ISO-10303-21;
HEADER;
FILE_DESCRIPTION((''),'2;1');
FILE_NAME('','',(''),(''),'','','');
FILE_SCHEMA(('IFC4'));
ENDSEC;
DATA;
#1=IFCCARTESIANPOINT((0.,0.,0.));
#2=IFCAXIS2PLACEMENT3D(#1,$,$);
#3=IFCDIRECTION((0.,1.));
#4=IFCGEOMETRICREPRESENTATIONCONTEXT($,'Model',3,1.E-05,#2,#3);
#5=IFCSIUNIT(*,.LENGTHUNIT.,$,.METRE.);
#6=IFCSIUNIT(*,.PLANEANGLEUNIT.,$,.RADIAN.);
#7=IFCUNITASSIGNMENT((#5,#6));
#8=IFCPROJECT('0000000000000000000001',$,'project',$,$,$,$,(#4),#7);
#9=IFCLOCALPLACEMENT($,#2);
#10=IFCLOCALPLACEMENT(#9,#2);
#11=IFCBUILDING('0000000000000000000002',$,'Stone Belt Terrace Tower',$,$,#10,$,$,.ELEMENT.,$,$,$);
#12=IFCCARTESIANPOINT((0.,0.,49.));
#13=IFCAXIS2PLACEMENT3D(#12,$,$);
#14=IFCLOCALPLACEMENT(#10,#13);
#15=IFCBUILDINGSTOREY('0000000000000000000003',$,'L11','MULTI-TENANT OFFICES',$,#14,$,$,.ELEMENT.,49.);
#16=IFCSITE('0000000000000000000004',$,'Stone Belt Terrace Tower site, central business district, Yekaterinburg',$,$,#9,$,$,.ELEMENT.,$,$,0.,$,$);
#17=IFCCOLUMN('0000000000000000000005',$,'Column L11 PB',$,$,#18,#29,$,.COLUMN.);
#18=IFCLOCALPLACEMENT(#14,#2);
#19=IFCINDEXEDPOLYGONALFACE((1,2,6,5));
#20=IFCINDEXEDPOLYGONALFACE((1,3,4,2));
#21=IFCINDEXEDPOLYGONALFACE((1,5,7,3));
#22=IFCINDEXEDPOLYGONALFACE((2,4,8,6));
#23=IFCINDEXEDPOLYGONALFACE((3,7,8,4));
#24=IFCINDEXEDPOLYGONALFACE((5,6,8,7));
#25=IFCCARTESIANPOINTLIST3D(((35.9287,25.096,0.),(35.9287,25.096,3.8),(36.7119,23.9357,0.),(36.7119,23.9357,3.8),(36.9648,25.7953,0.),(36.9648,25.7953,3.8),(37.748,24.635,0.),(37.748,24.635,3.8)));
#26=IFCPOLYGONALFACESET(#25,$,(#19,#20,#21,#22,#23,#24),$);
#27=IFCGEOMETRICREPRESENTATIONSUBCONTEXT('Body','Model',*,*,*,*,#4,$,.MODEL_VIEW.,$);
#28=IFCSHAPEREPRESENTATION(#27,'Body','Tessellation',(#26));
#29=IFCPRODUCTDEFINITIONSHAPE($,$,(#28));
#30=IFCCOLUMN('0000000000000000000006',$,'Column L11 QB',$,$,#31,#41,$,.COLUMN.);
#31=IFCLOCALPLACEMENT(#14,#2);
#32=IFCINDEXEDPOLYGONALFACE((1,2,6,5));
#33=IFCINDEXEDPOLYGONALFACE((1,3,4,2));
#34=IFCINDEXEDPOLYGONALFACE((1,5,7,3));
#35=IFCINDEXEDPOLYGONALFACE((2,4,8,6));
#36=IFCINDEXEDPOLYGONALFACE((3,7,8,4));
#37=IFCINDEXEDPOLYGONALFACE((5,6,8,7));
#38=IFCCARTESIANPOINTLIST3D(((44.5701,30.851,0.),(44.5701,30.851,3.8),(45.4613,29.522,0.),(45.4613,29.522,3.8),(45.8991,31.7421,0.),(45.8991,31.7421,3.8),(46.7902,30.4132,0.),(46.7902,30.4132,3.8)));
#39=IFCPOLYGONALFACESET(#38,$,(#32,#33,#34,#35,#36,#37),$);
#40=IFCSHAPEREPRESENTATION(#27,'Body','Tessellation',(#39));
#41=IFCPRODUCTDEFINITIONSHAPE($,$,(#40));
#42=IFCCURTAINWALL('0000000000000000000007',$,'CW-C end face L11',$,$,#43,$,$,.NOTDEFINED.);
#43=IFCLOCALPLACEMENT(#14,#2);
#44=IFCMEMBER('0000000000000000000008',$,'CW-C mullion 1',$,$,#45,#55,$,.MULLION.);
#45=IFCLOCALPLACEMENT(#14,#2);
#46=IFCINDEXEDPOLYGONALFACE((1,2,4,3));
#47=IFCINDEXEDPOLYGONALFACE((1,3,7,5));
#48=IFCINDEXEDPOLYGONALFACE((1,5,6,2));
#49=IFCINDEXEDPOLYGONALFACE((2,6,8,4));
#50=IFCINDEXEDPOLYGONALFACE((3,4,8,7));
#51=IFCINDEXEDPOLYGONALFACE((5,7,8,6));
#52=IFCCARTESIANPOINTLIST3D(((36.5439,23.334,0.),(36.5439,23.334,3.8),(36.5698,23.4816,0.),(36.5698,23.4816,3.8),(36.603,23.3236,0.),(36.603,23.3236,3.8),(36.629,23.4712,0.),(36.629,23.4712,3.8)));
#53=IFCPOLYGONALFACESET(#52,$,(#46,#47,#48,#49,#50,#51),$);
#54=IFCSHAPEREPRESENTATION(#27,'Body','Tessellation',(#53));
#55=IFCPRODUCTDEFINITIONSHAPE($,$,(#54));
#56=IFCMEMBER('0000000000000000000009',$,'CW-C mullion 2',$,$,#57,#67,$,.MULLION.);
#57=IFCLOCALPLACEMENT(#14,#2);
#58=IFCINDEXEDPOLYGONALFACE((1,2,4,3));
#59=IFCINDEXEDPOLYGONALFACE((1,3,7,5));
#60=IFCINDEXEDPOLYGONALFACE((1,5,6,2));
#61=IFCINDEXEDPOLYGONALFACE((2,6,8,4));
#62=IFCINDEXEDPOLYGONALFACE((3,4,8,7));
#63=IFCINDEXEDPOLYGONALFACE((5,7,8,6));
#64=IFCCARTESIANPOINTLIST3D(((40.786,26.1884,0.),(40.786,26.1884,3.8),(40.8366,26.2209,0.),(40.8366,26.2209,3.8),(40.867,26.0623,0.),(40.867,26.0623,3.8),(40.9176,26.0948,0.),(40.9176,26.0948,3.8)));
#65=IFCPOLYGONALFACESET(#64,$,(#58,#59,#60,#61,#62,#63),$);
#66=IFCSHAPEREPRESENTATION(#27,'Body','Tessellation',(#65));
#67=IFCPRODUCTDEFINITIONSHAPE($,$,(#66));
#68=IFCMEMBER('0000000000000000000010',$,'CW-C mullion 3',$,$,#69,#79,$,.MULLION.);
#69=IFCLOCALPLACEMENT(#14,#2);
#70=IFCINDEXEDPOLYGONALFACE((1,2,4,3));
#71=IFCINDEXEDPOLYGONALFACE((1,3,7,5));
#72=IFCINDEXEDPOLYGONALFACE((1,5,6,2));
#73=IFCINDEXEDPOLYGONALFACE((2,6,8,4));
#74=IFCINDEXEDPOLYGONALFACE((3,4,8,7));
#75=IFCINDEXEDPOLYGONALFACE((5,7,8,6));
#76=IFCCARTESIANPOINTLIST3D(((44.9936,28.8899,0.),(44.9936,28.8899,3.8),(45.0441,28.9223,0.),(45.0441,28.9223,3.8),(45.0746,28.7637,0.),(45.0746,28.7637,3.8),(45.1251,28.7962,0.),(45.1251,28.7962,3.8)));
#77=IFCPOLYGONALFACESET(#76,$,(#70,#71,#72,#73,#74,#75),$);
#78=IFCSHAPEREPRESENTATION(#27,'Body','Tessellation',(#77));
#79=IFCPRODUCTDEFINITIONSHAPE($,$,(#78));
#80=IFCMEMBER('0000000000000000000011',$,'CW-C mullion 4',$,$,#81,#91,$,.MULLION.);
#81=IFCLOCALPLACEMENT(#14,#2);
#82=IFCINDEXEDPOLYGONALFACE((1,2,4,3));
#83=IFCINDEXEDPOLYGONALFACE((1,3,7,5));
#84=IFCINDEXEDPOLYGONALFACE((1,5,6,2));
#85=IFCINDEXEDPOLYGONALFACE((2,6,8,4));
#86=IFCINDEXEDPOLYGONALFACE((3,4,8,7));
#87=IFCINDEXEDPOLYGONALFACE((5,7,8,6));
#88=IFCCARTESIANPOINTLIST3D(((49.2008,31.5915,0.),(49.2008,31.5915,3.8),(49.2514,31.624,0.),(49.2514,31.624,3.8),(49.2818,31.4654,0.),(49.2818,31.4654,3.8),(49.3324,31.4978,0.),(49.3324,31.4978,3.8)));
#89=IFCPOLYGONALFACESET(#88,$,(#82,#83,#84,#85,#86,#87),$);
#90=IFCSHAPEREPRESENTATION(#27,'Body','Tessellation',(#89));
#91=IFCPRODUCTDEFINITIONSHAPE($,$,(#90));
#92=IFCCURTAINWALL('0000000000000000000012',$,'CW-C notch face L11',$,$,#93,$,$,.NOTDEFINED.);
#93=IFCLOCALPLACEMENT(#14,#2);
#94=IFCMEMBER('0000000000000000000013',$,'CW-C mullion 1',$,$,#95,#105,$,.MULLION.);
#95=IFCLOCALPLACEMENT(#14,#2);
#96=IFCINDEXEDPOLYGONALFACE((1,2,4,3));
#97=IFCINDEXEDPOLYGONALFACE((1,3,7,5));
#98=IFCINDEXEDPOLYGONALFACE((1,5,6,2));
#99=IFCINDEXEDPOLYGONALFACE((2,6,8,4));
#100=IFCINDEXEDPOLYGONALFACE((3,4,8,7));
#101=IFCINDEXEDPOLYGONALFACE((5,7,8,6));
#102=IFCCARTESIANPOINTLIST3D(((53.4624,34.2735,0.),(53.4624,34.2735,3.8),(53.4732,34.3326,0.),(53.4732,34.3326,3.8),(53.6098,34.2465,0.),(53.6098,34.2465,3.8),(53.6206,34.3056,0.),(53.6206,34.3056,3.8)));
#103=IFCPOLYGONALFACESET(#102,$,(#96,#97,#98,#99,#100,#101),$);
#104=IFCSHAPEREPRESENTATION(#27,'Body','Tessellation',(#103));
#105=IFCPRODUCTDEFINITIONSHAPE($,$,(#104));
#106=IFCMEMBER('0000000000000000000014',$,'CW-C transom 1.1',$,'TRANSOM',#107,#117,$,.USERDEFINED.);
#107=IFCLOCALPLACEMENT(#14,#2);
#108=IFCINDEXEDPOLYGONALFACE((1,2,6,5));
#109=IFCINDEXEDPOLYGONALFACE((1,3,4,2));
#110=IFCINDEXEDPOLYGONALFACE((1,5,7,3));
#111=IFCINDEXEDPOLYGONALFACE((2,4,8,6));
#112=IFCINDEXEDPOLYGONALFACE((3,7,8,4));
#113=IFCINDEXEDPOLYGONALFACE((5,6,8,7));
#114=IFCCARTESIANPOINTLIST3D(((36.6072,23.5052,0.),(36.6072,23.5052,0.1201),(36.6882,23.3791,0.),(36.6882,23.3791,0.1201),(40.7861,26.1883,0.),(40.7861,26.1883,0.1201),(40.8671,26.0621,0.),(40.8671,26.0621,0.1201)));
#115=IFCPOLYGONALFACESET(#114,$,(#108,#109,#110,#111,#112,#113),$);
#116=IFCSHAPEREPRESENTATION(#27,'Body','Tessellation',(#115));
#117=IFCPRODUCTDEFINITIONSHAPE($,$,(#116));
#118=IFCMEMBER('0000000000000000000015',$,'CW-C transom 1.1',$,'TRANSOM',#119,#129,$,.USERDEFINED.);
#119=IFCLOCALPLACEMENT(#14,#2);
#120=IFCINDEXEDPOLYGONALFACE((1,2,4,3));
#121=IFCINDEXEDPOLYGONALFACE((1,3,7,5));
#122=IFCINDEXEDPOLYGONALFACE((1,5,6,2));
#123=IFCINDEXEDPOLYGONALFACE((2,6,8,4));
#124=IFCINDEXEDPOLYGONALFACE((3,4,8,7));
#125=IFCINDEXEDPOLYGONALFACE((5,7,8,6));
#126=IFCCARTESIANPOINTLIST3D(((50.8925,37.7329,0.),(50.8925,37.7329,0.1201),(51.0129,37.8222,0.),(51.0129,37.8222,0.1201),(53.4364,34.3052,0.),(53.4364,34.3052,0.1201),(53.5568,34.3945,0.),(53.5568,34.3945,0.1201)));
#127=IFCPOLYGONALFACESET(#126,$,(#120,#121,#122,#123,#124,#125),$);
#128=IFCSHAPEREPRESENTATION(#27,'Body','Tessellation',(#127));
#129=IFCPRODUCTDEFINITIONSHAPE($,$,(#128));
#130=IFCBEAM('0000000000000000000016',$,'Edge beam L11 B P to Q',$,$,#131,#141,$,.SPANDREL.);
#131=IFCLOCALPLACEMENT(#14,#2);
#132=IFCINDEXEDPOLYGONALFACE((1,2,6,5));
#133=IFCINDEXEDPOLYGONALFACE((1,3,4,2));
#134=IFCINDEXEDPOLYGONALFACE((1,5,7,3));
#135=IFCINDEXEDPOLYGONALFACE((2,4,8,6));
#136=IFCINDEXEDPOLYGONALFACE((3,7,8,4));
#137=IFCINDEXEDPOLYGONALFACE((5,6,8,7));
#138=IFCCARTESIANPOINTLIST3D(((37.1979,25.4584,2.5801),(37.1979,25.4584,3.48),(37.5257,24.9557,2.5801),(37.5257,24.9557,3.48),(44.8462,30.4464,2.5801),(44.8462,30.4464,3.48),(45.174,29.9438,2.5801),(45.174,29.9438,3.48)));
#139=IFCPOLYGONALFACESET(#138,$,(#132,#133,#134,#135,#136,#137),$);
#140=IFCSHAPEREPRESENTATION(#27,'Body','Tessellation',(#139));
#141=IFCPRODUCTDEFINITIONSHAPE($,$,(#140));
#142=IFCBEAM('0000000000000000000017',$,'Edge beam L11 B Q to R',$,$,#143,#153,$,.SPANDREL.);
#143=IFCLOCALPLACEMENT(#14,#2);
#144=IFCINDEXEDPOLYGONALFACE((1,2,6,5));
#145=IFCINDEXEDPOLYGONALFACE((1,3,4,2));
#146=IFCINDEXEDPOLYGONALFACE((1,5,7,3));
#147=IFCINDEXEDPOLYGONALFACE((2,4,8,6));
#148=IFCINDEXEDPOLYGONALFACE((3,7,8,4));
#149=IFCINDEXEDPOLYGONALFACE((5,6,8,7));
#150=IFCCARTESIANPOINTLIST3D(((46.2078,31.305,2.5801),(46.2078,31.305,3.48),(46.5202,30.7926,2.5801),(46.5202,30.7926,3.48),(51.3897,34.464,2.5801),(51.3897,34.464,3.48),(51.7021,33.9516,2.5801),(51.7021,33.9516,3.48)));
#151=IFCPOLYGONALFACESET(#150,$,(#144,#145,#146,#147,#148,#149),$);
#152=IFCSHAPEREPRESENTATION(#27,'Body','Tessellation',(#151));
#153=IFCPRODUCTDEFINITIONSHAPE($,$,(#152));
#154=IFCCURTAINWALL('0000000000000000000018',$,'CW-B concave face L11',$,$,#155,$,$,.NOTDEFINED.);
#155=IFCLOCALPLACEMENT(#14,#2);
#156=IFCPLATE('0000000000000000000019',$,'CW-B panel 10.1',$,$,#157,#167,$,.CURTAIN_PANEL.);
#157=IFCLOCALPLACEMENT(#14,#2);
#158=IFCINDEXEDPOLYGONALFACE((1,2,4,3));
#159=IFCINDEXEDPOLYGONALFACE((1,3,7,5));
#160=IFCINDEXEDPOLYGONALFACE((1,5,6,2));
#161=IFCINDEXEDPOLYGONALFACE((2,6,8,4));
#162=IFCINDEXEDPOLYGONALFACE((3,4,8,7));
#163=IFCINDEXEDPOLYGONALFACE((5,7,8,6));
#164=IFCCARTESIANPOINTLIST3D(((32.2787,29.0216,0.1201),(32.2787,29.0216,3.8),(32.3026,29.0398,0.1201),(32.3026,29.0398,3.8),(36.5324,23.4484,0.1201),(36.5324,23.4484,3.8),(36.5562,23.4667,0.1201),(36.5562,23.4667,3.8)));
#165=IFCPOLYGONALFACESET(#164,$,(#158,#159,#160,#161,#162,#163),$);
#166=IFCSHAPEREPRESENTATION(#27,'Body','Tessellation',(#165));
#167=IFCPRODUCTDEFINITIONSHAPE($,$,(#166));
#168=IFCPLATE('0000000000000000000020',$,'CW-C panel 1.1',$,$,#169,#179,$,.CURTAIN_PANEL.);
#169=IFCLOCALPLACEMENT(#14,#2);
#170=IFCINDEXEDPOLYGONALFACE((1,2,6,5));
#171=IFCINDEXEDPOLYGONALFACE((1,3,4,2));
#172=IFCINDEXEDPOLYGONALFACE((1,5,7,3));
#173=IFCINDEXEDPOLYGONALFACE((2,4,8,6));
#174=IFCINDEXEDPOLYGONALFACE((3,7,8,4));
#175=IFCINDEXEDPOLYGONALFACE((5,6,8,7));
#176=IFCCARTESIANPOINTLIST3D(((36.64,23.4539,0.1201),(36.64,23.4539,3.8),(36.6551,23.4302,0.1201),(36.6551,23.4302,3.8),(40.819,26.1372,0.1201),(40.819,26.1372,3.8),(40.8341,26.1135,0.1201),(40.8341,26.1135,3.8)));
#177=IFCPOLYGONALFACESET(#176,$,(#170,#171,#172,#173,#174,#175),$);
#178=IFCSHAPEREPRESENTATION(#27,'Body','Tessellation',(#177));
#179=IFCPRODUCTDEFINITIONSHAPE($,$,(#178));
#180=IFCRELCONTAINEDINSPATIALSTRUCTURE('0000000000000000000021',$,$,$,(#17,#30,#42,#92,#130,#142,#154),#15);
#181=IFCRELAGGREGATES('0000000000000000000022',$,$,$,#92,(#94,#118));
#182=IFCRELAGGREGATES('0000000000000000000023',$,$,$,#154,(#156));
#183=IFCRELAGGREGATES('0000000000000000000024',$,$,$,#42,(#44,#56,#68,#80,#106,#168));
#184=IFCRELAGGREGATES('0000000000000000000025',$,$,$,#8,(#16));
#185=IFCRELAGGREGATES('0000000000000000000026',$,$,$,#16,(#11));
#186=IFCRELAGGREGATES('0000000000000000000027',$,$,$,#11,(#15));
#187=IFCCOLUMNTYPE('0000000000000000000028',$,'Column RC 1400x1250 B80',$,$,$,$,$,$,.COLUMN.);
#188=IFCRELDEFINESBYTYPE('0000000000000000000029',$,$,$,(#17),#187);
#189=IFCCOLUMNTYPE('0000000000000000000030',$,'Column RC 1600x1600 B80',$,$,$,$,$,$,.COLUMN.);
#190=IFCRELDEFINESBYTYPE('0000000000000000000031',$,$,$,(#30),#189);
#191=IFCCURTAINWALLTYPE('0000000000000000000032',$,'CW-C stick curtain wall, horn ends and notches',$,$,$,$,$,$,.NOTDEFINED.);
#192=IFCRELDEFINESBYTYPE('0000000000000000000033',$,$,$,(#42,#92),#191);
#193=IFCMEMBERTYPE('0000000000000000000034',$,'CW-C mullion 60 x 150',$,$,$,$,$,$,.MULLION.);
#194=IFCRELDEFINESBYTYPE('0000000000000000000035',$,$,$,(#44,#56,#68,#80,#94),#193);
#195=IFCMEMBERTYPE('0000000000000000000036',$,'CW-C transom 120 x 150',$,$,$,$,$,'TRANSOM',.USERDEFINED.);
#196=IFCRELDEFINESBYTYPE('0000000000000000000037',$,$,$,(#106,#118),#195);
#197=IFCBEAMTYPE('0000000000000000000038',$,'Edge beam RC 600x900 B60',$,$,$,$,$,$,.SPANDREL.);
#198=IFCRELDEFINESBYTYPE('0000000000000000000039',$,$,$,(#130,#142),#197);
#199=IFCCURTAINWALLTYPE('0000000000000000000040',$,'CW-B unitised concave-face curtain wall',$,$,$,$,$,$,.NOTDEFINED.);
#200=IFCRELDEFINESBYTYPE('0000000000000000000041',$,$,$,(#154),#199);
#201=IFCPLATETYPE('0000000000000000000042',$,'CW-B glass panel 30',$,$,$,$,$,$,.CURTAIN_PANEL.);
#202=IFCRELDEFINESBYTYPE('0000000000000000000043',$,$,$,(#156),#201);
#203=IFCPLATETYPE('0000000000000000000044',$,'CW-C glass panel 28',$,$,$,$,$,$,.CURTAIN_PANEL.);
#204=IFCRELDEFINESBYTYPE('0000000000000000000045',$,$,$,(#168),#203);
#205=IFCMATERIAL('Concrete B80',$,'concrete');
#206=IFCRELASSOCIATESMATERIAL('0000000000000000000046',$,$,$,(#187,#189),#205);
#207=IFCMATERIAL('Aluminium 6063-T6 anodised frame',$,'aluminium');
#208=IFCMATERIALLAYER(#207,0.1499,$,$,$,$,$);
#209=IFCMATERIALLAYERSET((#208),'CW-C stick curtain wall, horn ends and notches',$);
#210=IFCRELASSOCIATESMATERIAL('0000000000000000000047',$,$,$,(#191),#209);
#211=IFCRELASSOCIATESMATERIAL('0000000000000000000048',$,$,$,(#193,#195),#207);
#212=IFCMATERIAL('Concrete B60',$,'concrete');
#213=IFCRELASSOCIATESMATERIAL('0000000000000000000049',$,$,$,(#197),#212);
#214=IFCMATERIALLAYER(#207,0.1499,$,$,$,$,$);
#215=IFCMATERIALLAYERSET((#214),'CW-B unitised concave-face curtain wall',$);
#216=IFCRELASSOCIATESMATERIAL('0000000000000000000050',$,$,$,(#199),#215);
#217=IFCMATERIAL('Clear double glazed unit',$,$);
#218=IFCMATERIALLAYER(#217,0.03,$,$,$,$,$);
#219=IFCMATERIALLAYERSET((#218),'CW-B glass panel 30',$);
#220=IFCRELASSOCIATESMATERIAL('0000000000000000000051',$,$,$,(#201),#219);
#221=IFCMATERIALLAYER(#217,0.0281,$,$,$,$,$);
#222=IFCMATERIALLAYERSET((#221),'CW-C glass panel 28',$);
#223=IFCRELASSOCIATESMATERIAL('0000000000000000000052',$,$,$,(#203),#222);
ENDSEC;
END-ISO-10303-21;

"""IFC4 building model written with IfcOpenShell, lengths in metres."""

from ifc_helpers import new_model, si_unit, direction, frame, origin, origin_2d, place, context, subcontext, project, spatial, rectangle, extrude, material, layer, layer_set, material_profile, profile_set, type_object, element, aggregate, save


model = new_model("IFC4")

# Units and contexts
model_context = context("Model", 3, precision=1e-05, world=origin(), true_north=direction((0.0, 1.0)))
body_context = subcontext(model_context, "Body", "Model", "MODEL_VIEW")
ifc_project = project(units=[si_unit("LENGTHUNIT", "METRE"), si_unit("PLANEANGLEUNIT", "RADIAN")], contexts=[model_context])

# Site, building, storey
site_placement = place(None, origin())
site = spatial("IfcSite", under=ifc_project, at=site_placement, Name="Stone Belt Terrace Tower site, central business district, Yekaterinburg", CompositionType="ELEMENT", RefElevation=0.0)
building_placement = place(site_placement, origin())
building = spatial("IfcBuilding", under=site, at=building_placement, Name="Stone Belt Terrace Tower", CompositionType="ELEMENT")
storey_placement = place(building_placement, frame((0.0, 0.0, 49.0)))
storey = spatial("IfcBuildingStorey", under=building, at=storey_placement, Name="L11", Description="MULTI-TENANT OFFICES", CompositionType="ELEMENT", Elevation=49.0)

# Columns
ifc_material_1 = material(Name="Concrete B80", Category="concrete")
ifc_material_profile_1 = material_profile(ifc_material_1, rectangle(XDim=1.3999, YDim=1.25, at=origin_2d()), Name="RC 1400x1250")
ifc_profile_set_1 = profile_set([ifc_material_profile_1], Name="Concrete B80")
column_type_1 = type_object("IfcColumnType", Name="Column RC 1400x1250 B80", PredefinedType="COLUMN", material=ifc_profile_set_1)
column_1_placement = place(storey_placement, frame((36.8384, 24.8655, 0.0), z_axis=(0.0, 0.0, 1.0), x_axis=(0.559469, -0.828851, 0.0)))
element("IfcColumn", 1, at=column_1_placement, inside=storey, type_object=column_type_1, Name="Column L11 PB", PredefinedType="COLUMN", context=body_context, shape_type="SweptSolid", body=[
    extrude(rectangle(XDim=1.3999, YDim=1.25, at=origin_2d()), origin(), (0.0, 0.0, 1.0), 3.8),
])
ifc_material_profile_2 = material_profile(ifc_material_1, rectangle(XDim=1.6001, YDim=1.6001, at=origin_2d()), Name="RC 1600x1600")
ifc_profile_set_2 = profile_set([ifc_material_profile_2], Name="Concrete B80")
column_type_2 = type_object("IfcColumnType", Name="Column RC 1600x1600 B80", PredefinedType="COLUMN", material=ifc_profile_set_2)
column_2_placement = place(storey_placement, frame((45.6802, 30.6321, 0.0), z_axis=(0.0, 0.0, 1.0), x_axis=(0.556947, -0.830548, 0.0)))
element("IfcColumn", 2, at=column_2_placement, inside=storey, type_object=column_type_2, Name="Column L11 QB", PredefinedType="COLUMN", context=body_context, shape_type="SweptSolid", body=[
    extrude(rectangle(XDim=1.6001, YDim=1.6001, at=origin_2d()), origin(), (0.0, 0.0, 1.0), 3.8),
])

# Curtain wall, members
ifc_material_2 = material(Name="Aluminium 6063-T6 anodised frame", Category="aluminium")
ifc_layer_1 = layer(ifc_material_2, 0.1499)
ifc_layer_set_1 = layer_set([ifc_layer_1], Name="CW-C stick curtain wall, horn ends and notches")
curtain_wall_type_1 = type_object("IfcCurtainWallType", Name="CW-C stick curtain wall, horn ends and notches", PredefinedType="NOTDEFINED", material=ifc_layer_set_1)
curtain_wall_1_placement = place(storey_placement, origin())
curtain_wall_1 = element("IfcCurtainWall", 3, at=curtain_wall_1_placement, inside=storey, type_object=curtain_wall_type_1, Name="CW-C end face L11", PredefinedType="NOTDEFINED")
ifc_material_profile_3 = material_profile(ifc_material_2, rectangle(XDim=0.1499, YDim=0.0601, at=origin_2d()), Name="Aluminium 6063-T6 60x150")
ifc_profile_set_3 = profile_set([ifc_material_profile_3], Name="Aluminium 6063-T6 anodised frame")
member_type_1 = type_object("IfcMemberType", Name="CW-C mullion 60 x 150", PredefinedType="MULLION", material=ifc_profile_set_3)
member_1_placement = place(storey_placement, frame((36.5864, 23.4026, 0.0), z_axis=(0.0, 0.0, 1.0), x_axis=(0.173164, 0.984893, 0.0)))
member_1 = element("IfcMember", 4, at=member_1_placement, type_object=member_type_1, Name="CW-C mullion 1", PredefinedType="MULLION", context=body_context, shape_type="SweptSolid", body=[
    extrude(rectangle(XDim=0.1499, YDim=0.0601, at=origin_2d()), origin(), (0.0, 0.0, 1.0), 3.8),
])
member_2_placement = place(storey_placement, frame((40.8518, 26.1416, 0.0), z_axis=(0.0, 0.0, 1.0), x_axis=(-0.540302, 0.841471, 0.0)))
member_2 = element("IfcMember", 5, at=member_2_placement, type_object=member_type_1, Name="CW-C mullion 2", PredefinedType="MULLION", context=body_context, shape_type="SweptSolid", body=[
    extrude(rectangle(XDim=0.1499, YDim=0.0601, at=origin_2d()), origin(), (0.0, 0.0, 1.0), 3.8),
])
member_3_placement = place(storey_placement, frame((45.0593, 28.843, 0.0), z_axis=(0.0, 0.0, 1.0), x_axis=(-0.540302, 0.841471, 0.0)))
member_3 = element("IfcMember", 6, at=member_3_placement, type_object=member_type_1, Name="CW-C mullion 3", PredefinedType="MULLION", context=body_context, shape_type="SweptSolid", body=[
    extrude(rectangle(XDim=0.1499, YDim=0.0601, at=origin_2d()), origin(), (0.0, 0.0, 1.0), 3.8),
])
member_4_placement = place(storey_placement, frame((49.2666, 31.5447, 0.0), z_axis=(0.0, 0.0, 1.0), x_axis=(-0.540302, 0.841471, 0.0)))
member_4 = element("IfcMember", 7, at=member_4_placement, type_object=member_type_1, Name="CW-C mullion 4", PredefinedType="MULLION", context=body_context, shape_type="SweptSolid", body=[
    extrude(rectangle(XDim=0.1499, YDim=0.0601, at=origin_2d()), origin(), (0.0, 0.0, 1.0), 3.8),
])

# Curtain wall, member
curtain_wall_2_placement = place(storey_placement, origin())
curtain_wall_2 = element("IfcCurtainWall", 8, at=curtain_wall_2_placement, inside=storey, type_object=curtain_wall_type_1, Name="CW-C notch face L11", PredefinedType="NOTDEFINED")
member_5_placement = place(storey_placement, frame((53.5415, 34.2896, 0.0), z_axis=(0.0, 0.0, 1.0), x_axis=(-0.983706, 0.179784, 0.0)))
member_5 = element("IfcMember", 9, at=member_5_placement, type_object=member_type_1, Name="CW-C mullion 1", PredefinedType="MULLION", context=body_context, shape_type="SweptSolid", body=[
    extrude(rectangle(XDim=0.1499, YDim=0.0601, at=origin_2d()), origin(), (0.0, 0.0, 1.0), 3.8),
])

# Members
ifc_material_profile_4 = material_profile(ifc_material_2, rectangle(XDim=0.1499, YDim=0.1201, at=origin_2d()), Name="Aluminium 6063-T6 150x120")
ifc_profile_set_4 = profile_set([ifc_material_profile_4], Name="Aluminium 6063-T6 anodised frame")
member_type_2 = type_object("IfcMemberType", Name="CW-C transom 120 x 150", ElementType="TRANSOM", PredefinedType="USERDEFINED", material=ifc_profile_set_4)
member_6_placement = place(storey_placement, frame((36.6477, 23.4421, 0.0601), z_axis=(0.841487, 0.540278, 0.0), x_axis=(-0.540278, 0.841487, 0.0)))
member_6 = element("IfcMember", 10, at=member_6_placement, type_object=member_type_2, Name="CW-C transom 1.1", ObjectType="TRANSOM", PredefinedType="USERDEFINED", context=body_context, shape_type="SweptSolid", body=[
    extrude(rectangle(XDim=0.1499, YDim=0.1201, at=origin_2d()), origin(), (0.0, 0.0, 1.0), 4.9661),
])
member_7_placement = place(storey_placement, frame((53.4966, 34.3499, 0.0601), z_axis=(-0.595966, 0.80301, 0.0), x_axis=(-0.80301, -0.595966, 0.0)))
member_7 = element("IfcMember", 11, at=member_7_placement, type_object=member_type_2, Name="CW-C transom 1.1", ObjectType="TRANSOM", PredefinedType="USERDEFINED", context=body_context, shape_type="SweptSolid", body=[
    extrude(rectangle(XDim=0.1499, YDim=0.1201, at=origin_2d()), origin(), (0.0, 0.0, 1.0), 4.2686),
])
aggregate(curtain_wall_2, [member_5, member_7])

# Beams
ifc_material_3 = material(Name="Concrete B60", Category="concrete")
ifc_material_profile_5 = material_profile(ifc_material_3, rectangle(XDim=0.6001, YDim=0.8999, at=origin_2d()), Name="RC 600x900")
ifc_profile_set_5 = profile_set([ifc_material_profile_5], Name="Concrete B60")
beam_type = type_object("IfcBeamType", Name="Edge beam RC 600x900 B60", PredefinedType="SPANDREL", material=ifc_profile_set_5)
beam_1_placement = place(storey_placement, frame((37.3618, 25.207, 3.03), z_axis=(0.837606, 0.546274, 0.0), x_axis=(-0.546274, 0.837606, 0.0)))
element("IfcBeam", 12, at=beam_1_placement, inside=storey, type_object=beam_type, Name="Edge beam L11 B P to Q", PredefinedType="SPANDREL", context=body_context, shape_type="SweptSolid", body=[
    extrude(rectangle(XDim=0.6001, YDim=0.8999, at=origin_2d()), origin(), (0.0, 0.0, 1.0), 9.1311),
])
beam_2_placement = place(storey_placement, frame((46.364, 31.0488, 3.03), z_axis=(0.853851, 0.520517, 0.0), x_axis=(-0.520517, 0.853851, 0.0)))
element("IfcBeam", 13, at=beam_2_placement, inside=storey, type_object=beam_type, Name="Edge beam L11 B Q to R", PredefinedType="SPANDREL", context=body_context, shape_type="SweptSolid", body=[
    extrude(rectangle(XDim=0.6001, YDim=0.8999, at=origin_2d()), origin(), (0.0, 0.0, 1.0), 6.0688),
])

# Curtain wall, plate
ifc_layer_2 = layer(ifc_material_2, 0.1499)
ifc_layer_set_2 = layer_set([ifc_layer_2], Name="CW-B unitised concave-face curtain wall")
curtain_wall_type_2 = type_object("IfcCurtainWallType", Name="CW-B unitised concave-face curtain wall", PredefinedType="NOTDEFINED", material=ifc_layer_set_2)
curtain_wall_3_placement = place(storey_placement, origin())
curtain_wall_3 = element("IfcCurtainWall", 14, at=curtain_wall_3_placement, inside=storey, type_object=curtain_wall_type_2, Name="CW-B concave face L11", PredefinedType="NOTDEFINED")
ifc_material_4 = material(Name="Clear double glazed unit")
ifc_layer_3 = layer(ifc_material_4, 0.03)
ifc_layer_set_3 = layer_set([ifc_layer_3], Name="CW-B glass panel 30")
plate_type_1 = type_object("IfcPlateType", Name="CW-B glass panel 30", PredefinedType="CURTAIN_PANEL", material=ifc_layer_set_3)
plate_1_placement = place(storey_placement, frame((34.4175, 26.2441, 0.1201), z_axis=(0.0, 0.0, 1.0), x_axis=(0.606712, -0.794922, 0.0)))
plate_1 = element("IfcPlate", 15, at=plate_1_placement, type_object=plate_type_1, Name="CW-B panel 10.1", PredefinedType="CURTAIN_PANEL", context=body_context, shape_type="SweptSolid", body=[
    extrude(rectangle(XDim=7.011, YDim=0.03, at=origin_2d()), origin(), (0.0, 0.0, 1.0), 3.6799),
])
aggregate(curtain_wall_3, [plate_1])

# Plate
ifc_layer_4 = layer(ifc_material_4, 0.0281)
ifc_layer_set_4 = layer_set([ifc_layer_4], Name="CW-C glass panel 28")
plate_type_2 = type_object("IfcPlateType", Name="CW-C glass panel 28", PredefinedType="CURTAIN_PANEL", material=ifc_layer_set_4)
plate_2_placement = place(storey_placement, frame((38.7371, 24.7837, 0.1201), z_axis=(0.0, 0.0, 1.0), x_axis=(0.841471, 0.540302, 0.0)))
plate_2 = element("IfcPlate", 16, at=plate_2_placement, type_object=plate_type_2, Name="CW-C panel 1.1", PredefinedType="CURTAIN_PANEL", context=body_context, shape_type="SweptSolid", body=[
    extrude(rectangle(XDim=4.9663, YDim=0.0281, at=origin_2d()), origin(), (0.0, 0.0, 1.0), 3.6799),
])
aggregate(curtain_wall_1, [member_1, member_2, member_3, member_4, member_6, plate_2])

save(model, "model.ifc")
